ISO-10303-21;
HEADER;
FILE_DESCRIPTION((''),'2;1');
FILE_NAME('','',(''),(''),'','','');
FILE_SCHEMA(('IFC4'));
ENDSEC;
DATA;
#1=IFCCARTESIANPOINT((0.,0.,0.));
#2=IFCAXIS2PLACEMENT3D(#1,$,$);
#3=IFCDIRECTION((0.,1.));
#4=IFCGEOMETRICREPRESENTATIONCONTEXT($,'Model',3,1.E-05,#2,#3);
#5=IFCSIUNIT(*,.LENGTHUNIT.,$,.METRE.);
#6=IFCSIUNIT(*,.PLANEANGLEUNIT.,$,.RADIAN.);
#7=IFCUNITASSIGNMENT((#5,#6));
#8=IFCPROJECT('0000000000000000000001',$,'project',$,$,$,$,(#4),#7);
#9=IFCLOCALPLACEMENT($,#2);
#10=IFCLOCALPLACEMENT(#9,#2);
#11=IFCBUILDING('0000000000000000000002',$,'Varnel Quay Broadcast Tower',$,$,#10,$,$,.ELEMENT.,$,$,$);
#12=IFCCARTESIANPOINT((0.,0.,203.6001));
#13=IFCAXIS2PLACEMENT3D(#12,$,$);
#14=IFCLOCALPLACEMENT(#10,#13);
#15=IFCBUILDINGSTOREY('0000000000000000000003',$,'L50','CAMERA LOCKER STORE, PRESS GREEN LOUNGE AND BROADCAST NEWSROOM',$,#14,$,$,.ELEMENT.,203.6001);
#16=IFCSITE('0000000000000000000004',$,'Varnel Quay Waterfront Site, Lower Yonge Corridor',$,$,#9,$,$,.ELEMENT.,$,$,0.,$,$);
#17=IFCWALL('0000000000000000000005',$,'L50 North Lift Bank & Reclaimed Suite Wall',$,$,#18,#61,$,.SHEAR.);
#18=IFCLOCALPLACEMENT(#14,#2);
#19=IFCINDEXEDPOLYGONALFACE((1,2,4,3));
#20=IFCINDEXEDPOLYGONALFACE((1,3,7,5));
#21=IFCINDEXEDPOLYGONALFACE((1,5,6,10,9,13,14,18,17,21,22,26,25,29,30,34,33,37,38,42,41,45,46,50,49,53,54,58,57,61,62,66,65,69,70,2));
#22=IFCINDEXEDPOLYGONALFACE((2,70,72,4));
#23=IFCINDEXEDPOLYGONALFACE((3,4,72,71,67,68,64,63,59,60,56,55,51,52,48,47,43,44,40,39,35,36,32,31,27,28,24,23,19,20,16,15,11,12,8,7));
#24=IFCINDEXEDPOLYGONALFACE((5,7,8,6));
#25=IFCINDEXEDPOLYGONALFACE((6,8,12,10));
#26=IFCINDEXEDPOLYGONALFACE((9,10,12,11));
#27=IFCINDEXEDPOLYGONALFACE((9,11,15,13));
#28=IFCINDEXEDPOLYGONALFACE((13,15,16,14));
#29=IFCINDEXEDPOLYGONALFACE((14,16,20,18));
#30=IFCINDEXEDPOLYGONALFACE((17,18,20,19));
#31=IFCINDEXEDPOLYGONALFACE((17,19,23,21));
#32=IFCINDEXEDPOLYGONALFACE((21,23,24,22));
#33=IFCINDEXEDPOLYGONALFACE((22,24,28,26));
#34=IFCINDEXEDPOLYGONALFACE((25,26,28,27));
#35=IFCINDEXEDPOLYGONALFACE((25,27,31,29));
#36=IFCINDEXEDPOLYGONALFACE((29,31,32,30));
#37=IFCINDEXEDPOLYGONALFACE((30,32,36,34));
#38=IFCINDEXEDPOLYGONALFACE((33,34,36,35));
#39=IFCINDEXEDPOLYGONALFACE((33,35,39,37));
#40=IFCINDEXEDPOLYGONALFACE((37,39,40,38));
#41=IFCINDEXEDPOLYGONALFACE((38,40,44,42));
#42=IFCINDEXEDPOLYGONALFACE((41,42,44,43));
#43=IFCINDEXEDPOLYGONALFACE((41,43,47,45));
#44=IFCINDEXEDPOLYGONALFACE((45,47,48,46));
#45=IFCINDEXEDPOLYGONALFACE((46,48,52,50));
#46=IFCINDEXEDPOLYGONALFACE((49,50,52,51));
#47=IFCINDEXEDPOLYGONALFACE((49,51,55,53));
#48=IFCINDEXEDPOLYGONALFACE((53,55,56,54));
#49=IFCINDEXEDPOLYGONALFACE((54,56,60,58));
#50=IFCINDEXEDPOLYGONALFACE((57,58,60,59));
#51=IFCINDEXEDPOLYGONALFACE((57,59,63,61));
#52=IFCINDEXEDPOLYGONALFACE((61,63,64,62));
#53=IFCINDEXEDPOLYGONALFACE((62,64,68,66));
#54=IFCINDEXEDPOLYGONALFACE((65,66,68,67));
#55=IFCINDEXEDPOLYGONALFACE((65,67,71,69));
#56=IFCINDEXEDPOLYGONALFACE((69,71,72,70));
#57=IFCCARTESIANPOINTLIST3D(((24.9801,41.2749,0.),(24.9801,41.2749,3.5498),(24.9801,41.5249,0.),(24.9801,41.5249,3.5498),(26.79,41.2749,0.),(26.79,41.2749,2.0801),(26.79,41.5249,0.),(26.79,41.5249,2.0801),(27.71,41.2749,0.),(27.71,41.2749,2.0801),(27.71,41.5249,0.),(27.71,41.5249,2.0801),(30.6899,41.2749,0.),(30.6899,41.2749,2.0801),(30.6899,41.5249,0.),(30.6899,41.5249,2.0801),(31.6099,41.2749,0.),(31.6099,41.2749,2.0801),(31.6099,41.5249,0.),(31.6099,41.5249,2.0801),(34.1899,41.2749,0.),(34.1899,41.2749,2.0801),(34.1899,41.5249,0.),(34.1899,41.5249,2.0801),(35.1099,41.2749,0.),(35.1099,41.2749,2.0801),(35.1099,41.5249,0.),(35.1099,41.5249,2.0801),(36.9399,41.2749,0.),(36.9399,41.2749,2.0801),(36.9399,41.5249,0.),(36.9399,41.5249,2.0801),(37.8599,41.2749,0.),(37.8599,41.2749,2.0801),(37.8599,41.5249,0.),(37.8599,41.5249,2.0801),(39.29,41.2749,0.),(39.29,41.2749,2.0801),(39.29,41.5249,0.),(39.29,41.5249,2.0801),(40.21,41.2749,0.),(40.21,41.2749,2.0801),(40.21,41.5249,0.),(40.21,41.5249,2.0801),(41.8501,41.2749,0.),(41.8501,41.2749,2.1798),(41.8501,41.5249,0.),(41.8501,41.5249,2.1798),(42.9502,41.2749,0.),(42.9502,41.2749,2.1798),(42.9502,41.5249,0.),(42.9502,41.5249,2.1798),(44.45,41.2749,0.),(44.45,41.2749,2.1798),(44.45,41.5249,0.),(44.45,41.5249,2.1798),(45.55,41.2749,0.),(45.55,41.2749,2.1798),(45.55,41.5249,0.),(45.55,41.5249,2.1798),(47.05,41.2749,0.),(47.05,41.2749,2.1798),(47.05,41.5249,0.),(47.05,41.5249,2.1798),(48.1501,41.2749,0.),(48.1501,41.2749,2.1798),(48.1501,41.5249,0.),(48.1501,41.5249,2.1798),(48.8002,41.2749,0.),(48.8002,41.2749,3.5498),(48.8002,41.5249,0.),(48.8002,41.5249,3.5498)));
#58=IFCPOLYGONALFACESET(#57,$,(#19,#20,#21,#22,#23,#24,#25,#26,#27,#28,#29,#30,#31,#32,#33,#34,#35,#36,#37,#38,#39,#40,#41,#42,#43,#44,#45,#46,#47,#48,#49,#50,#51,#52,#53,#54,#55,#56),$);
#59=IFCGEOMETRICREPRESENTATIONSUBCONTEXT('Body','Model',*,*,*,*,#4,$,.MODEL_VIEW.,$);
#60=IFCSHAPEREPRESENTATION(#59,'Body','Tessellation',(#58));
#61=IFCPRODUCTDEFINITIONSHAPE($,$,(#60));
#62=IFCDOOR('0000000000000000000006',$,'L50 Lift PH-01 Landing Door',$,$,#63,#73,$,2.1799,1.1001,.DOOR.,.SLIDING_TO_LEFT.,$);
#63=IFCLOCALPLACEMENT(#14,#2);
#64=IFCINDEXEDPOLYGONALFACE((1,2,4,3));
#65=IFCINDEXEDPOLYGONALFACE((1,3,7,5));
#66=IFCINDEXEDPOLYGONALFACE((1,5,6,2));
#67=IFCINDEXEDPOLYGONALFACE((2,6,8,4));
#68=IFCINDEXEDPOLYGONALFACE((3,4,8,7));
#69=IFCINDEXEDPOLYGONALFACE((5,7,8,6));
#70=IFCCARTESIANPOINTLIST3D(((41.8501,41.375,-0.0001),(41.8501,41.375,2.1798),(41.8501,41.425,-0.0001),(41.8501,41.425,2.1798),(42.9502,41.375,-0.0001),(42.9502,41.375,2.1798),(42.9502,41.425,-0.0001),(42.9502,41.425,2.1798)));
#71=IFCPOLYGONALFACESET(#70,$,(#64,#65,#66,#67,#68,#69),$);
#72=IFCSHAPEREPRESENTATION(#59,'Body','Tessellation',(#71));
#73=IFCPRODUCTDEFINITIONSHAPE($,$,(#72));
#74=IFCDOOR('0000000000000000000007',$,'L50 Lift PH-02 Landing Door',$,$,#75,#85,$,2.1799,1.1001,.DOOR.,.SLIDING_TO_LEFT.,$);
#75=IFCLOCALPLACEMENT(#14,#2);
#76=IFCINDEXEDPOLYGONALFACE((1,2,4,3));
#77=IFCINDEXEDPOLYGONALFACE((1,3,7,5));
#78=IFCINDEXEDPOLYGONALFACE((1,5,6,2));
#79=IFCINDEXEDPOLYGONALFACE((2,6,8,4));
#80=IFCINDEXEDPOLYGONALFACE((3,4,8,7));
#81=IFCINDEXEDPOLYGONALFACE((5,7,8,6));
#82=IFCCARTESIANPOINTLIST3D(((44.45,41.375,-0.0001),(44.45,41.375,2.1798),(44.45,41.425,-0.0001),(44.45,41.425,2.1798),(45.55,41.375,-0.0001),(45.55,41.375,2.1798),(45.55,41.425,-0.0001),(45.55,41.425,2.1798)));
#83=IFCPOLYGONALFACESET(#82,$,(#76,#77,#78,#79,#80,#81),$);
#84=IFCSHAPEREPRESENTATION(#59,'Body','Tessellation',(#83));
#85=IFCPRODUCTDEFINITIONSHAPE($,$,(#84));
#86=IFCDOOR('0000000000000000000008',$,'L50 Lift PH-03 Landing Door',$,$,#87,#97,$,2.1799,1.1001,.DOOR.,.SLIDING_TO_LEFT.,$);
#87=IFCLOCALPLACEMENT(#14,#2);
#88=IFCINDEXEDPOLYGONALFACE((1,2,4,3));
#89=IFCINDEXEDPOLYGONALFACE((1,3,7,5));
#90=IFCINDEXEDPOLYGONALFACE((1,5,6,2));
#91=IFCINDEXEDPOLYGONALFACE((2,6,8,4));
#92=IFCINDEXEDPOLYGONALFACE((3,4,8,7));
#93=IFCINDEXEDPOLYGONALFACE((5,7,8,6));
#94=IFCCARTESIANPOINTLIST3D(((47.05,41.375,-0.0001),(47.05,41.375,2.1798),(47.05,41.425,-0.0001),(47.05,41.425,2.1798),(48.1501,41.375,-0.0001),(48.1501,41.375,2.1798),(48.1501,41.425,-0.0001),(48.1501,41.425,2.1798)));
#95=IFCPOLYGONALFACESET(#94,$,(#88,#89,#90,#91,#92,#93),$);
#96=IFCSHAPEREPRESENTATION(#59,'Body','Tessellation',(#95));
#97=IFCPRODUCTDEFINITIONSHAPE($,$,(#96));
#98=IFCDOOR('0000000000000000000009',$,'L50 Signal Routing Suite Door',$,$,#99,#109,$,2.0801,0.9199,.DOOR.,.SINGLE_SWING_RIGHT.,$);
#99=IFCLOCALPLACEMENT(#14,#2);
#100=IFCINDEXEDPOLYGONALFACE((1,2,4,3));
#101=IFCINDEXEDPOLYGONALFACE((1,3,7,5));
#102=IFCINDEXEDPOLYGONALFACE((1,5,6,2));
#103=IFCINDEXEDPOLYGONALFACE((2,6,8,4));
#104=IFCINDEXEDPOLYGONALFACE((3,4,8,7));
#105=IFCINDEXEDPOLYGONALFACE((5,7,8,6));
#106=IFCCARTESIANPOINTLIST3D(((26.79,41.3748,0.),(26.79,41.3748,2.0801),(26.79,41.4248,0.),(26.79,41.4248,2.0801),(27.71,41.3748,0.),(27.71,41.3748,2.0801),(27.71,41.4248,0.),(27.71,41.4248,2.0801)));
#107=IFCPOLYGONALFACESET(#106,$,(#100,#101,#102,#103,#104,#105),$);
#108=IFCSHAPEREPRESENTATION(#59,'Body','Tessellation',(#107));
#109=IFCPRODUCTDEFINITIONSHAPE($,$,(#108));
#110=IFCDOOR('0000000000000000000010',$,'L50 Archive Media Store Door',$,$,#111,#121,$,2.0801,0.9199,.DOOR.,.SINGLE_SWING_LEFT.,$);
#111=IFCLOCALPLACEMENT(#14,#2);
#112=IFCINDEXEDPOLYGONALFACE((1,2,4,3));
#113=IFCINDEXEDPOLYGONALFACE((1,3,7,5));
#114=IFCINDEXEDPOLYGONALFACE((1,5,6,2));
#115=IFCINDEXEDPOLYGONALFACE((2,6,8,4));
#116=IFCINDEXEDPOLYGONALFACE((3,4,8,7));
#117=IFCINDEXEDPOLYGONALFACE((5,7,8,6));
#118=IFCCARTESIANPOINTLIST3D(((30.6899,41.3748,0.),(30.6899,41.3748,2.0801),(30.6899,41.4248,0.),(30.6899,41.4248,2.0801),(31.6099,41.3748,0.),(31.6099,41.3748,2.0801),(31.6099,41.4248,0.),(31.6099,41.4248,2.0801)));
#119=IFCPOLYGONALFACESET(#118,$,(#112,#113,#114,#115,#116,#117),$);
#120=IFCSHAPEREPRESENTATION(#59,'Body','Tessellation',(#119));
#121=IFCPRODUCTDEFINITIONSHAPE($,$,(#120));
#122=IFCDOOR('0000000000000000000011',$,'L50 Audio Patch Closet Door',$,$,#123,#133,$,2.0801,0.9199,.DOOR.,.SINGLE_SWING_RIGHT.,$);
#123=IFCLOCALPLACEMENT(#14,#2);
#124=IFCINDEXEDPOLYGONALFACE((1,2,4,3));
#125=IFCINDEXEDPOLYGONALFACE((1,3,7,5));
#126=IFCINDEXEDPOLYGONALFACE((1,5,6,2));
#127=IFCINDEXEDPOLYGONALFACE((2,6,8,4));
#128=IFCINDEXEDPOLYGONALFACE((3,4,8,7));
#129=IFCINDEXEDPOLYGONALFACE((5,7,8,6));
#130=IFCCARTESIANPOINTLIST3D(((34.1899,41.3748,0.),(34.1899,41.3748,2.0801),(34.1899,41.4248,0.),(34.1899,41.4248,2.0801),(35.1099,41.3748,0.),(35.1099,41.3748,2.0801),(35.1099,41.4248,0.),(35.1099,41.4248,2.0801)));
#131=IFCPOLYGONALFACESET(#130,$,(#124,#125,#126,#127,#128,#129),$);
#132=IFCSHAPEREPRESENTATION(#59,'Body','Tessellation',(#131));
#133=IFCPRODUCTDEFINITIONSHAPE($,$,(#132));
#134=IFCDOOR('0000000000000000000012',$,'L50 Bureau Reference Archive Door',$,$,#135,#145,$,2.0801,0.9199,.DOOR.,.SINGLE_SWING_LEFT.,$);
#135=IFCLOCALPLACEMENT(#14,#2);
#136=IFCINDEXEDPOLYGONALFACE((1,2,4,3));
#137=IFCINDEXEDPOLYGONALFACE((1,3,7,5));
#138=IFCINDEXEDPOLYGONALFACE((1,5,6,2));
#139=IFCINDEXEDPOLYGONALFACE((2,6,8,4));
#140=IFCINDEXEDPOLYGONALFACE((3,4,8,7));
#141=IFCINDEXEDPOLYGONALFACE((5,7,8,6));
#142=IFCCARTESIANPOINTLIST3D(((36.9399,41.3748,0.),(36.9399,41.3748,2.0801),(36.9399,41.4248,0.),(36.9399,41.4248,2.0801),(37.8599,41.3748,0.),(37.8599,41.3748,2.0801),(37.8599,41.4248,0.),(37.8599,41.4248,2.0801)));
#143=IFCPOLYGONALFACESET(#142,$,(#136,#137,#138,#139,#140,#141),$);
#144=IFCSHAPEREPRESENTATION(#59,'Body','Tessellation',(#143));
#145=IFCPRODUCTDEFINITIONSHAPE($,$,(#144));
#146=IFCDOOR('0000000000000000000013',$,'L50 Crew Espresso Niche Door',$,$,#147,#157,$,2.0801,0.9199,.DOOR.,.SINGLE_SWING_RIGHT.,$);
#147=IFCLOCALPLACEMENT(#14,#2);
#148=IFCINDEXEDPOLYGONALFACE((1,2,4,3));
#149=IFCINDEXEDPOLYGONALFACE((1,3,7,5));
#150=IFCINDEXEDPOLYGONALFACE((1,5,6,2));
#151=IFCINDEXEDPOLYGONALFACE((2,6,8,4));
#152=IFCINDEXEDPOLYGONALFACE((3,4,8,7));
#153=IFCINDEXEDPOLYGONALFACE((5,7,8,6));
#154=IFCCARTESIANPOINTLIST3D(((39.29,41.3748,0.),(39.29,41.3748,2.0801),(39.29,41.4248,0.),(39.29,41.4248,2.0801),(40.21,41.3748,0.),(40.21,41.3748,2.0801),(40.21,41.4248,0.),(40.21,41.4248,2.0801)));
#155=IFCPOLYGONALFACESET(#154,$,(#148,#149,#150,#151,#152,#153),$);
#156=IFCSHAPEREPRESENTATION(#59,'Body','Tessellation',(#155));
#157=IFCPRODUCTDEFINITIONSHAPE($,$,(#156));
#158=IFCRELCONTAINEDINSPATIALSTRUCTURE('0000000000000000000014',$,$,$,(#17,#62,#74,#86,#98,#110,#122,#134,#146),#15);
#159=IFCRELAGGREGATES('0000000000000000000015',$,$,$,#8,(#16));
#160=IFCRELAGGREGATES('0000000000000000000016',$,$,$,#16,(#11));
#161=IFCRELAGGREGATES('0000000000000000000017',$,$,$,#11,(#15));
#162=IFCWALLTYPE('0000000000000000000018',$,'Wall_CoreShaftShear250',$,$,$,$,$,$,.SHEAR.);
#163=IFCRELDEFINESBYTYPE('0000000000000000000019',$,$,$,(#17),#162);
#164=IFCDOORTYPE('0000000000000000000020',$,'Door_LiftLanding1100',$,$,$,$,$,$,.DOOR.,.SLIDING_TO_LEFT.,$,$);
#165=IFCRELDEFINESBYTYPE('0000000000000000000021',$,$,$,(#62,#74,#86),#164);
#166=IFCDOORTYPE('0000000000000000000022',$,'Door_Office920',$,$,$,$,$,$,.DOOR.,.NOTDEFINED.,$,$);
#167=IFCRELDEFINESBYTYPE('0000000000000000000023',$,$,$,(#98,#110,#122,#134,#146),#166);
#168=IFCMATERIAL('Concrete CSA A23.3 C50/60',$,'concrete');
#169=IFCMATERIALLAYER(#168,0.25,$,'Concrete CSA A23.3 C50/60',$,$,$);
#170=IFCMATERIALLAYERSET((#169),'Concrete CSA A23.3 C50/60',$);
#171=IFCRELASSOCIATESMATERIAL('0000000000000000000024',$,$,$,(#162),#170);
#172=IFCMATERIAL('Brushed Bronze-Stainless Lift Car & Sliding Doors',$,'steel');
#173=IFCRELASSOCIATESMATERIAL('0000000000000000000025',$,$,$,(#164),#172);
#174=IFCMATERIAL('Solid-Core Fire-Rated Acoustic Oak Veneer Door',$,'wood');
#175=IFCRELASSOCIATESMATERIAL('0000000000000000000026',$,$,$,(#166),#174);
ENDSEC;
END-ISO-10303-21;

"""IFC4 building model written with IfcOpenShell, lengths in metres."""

from ifc_helpers import new_model, si_unit, direction, frame, frame_2d, origin, place, context, subcontext, project, spatial, rectangle, extrude, source, transform, mapped, material, layer, layer_set, type_object, type_shapes, element, fill, save


model = new_model("IFC4")

# Units and contexts
model_context = context("Model", 3, precision=1e-05, world=origin(), true_north=direction((0.0, 1.0)))
body_context = subcontext(model_context, "Body", "Model", "MODEL_VIEW")
ifc_project = project(units=[si_unit("LENGTHUNIT", "METRE"), si_unit("PLANEANGLEUNIT", "RADIAN")], contexts=[model_context])

# Site, building, storey
site_placement = place(None, origin())
site = spatial("IfcSite", under=ifc_project, at=site_placement, Name="Varnel Quay Waterfront Site, Lower Yonge Corridor", CompositionType="ELEMENT", RefElevation=0.0)
building_placement = place(site_placement, origin())
building = spatial("IfcBuilding", under=site, at=building_placement, Name="Varnel Quay Broadcast Tower", CompositionType="ELEMENT")
storey_placement = place(building_placement, frame((0.0, 0.0, 203.6001)))
storey = spatial("IfcBuildingStorey", under=building, at=storey_placement, Name="L50", Description="CAMERA LOCKER STORE, PRESS GREEN LOUNGE AND BROADCAST NEWSROOM", CompositionType="ELEMENT", Elevation=203.6001)

# Shared definitions
ifc_material_1 = material(Name="Concrete CSA A23.3 C50/60", Category="concrete")

# Wall, openings, doors
ifc_layer_1 = layer(ifc_material_1, 0.25, Name="Concrete CSA A23.3 C50/60")
ifc_layer_set_1 = layer_set([ifc_layer_1], Name="Concrete CSA A23.3 C50/60")
wall_type_1 = type_object("IfcWallType", Name="Wall_CoreShaftShear250", PredefinedType="SHEAR", material=ifc_layer_set_1)
wall_1_placement = place(storey_placement, frame((24.98, 41.3999, 0.0), z_axis=(0.0, 0.0, 1.0), x_axis=(1.0, 0.0, 0.0)))
wall_1 = element("IfcWall", 1, at=wall_1_placement, inside=storey, type_object=wall_type_1, Name="L50 North Lift Bank & Reclaimed Suite Wall", PredefinedType="SHEAR", context=body_context, shape_type="SweptSolid", body=[
    extrude(rectangle(XDim=23.8201, YDim=0.25, at=frame_2d((11.9102, 0.0))), origin(), (0.0, 0.0, 1.0), 3.5498),
])
opening_1_placement = place(wall_1_placement, frame((16.8701, 0.0, 0.0)))
opening_1 = element("IfcOpeningElement", 2, at=opening_1_placement, cuts=wall_1, PredefinedType="OPENING", context=body_context, shape_type="SweptSolid", body=[
    extrude(rectangle(XDim=1.1001, YDim=2.1799, at=frame_2d((0.55, 1.0898))), frame((0.0, 0.135, 0.0), z_axis=(0.0, -1.0, 0.0), x_axis=(1.0, 0.0, 0.0)), (0.0, 0.0, 1.0), 0.27),
])
opening_2_placement = place(wall_1_placement, frame((19.47, 0.0, 0.0)))
opening_2 = element("IfcOpeningElement", 3, at=opening_2_placement, cuts=wall_1, PredefinedType="OPENING", context=body_context, shape_type="SweptSolid", body=[
    extrude(rectangle(XDim=1.1001, YDim=2.1799, at=frame_2d((0.55, 1.0898))), frame((0.0, 0.135, 0.0), z_axis=(0.0, -1.0, 0.0), x_axis=(1.0, 0.0, 0.0)), (0.0, 0.0, 1.0), 0.27),
])
opening_3_placement = place(wall_1_placement, frame((22.0701, 0.0, 0.0)))
opening_3 = element("IfcOpeningElement", 4, at=opening_3_placement, cuts=wall_1, PredefinedType="OPENING", context=body_context, shape_type="SweptSolid", body=[
    extrude(rectangle(XDim=1.1001, YDim=2.1799, at=frame_2d((0.55, 1.0898))), frame((0.0, 0.135, 0.0), z_axis=(0.0, -1.0, 0.0), x_axis=(1.0, 0.0, 0.0)), (0.0, 0.0, 1.0), 0.27),
])
opening_4_placement = place(wall_1_placement, frame((1.8101, 0.0, 0.0)))
opening_4 = element("IfcOpeningElement", 5, at=opening_4_placement, cuts=wall_1, PredefinedType="OPENING", context=body_context, shape_type="SweptSolid", body=[
    extrude(rectangle(XDim=0.9199, YDim=2.0801, at=frame_2d((0.46, 1.04))), frame((0.0, 0.135, 0.0), z_axis=(0.0, -1.0, 0.0), x_axis=(1.0, 0.0, 0.0)), (0.0, 0.0, 1.0), 0.27),
])
opening_5_placement = place(wall_1_placement, frame((5.71, 0.0, 0.0)))
opening_5 = element("IfcOpeningElement", 6, at=opening_5_placement, cuts=wall_1, PredefinedType="OPENING", context=body_context, shape_type="SweptSolid", body=[
    extrude(rectangle(XDim=0.9199, YDim=2.0801, at=frame_2d((0.46, 1.04))), frame((0.0, 0.135, 0.0), z_axis=(0.0, -1.0, 0.0), x_axis=(1.0, 0.0, 0.0)), (0.0, 0.0, 1.0), 0.27),
])
opening_6_placement = place(wall_1_placement, frame((9.21, 0.0, 0.0)))
opening_6 = element("IfcOpeningElement", 7, at=opening_6_placement, cuts=wall_1, PredefinedType="OPENING", context=body_context, shape_type="SweptSolid", body=[
    extrude(rectangle(XDim=0.9199, YDim=2.0801, at=frame_2d((0.46, 1.04))), frame((0.0, 0.135, 0.0), z_axis=(0.0, -1.0, 0.0), x_axis=(1.0, 0.0, 0.0)), (0.0, 0.0, 1.0), 0.27),
])
opening_7_placement = place(wall_1_placement, frame((11.96, 0.0, 0.0)))
opening_7 = element("IfcOpeningElement", 8, at=opening_7_placement, cuts=wall_1, PredefinedType="OPENING", context=body_context, shape_type="SweptSolid", body=[
    extrude(rectangle(XDim=0.9199, YDim=2.0801, at=frame_2d((0.46, 1.04))), frame((0.0, 0.135, 0.0), z_axis=(0.0, -1.0, 0.0), x_axis=(1.0, 0.0, 0.0)), (0.0, 0.0, 1.0), 0.27),
])
opening_8_placement = place(wall_1_placement, frame((14.3101, 0.0, 0.0)))
opening_8 = element("IfcOpeningElement", 9, at=opening_8_placement, cuts=wall_1, PredefinedType="OPENING", context=body_context, shape_type="SweptSolid", body=[
    extrude(rectangle(XDim=0.9199, YDim=2.0801, at=frame_2d((0.46, 1.04))), frame((0.0, 0.135, 0.0), z_axis=(0.0, -1.0, 0.0), x_axis=(1.0, 0.0, 0.0)), (0.0, 0.0, 1.0), 0.27),
])
ifc_material_2 = material(Name="Brushed Bronze-Stainless Lift Car & Sliding Doors", Category="steel")
door_type_1 = type_object("IfcDoorType", Name="Door_LiftLanding1100", OperationType="SLIDING_TO_LEFT", PredefinedType="DOOR", material=ifc_material_2)
shared_shape_1 = source(origin(), body_context, "Body", "SweptSolid", [
    extrude(rectangle(XDim=1.1001, YDim=2.1799, at=frame_2d((0.55, 1.0898))), frame((0.0, 0.0249, 0.0), z_axis=(0.0, -1.0, 0.0), x_axis=(1.0, 0.0, 0.0)), (0.0, 0.0, 1.0), 0.05),
])
type_shapes(door_type_1, [shared_shape_1])
door_1_placement = place(opening_1_placement, frame((1.1001, 0.0, 0.0), z_axis=(0.0, 0.0, 1.0), x_axis=(-1.0, 0.0, 0.0)))
door_1 = element("IfcDoor", 10, at=door_1_placement, inside=storey, type_object=door_type_1, Name="L50 Lift PH-01 Landing Door", OperationType="SLIDING_TO_LEFT", OverallHeight=2.1799, OverallWidth=1.1001, PredefinedType="DOOR", context=body_context, shape_type="MappedRepresentation", body=[
    mapped(shared_shape_1, transform((0.0, 0.0, 0.0), x_axis=(1.0, 0.0, 0.0), y_axis=(0.0, 1.0, 0.0), z_axis=(0.0, 0.0, 1.0), scale=1.0)),
])
fill(opening_1, door_1)
door_2_placement = place(opening_2_placement, frame((1.1001, 0.0, 0.0), z_axis=(0.0, 0.0, 1.0), x_axis=(-1.0, 0.0, 0.0)))
door_2 = element("IfcDoor", 11, at=door_2_placement, inside=storey, type_object=door_type_1, Name="L50 Lift PH-02 Landing Door", OperationType="SLIDING_TO_LEFT", OverallHeight=2.1799, OverallWidth=1.1001, PredefinedType="DOOR", context=body_context, shape_type="MappedRepresentation", body=[
    mapped(shared_shape_1, transform((0.0, 0.0, 0.0), x_axis=(1.0, 0.0, 0.0), y_axis=(0.0, 1.0, 0.0), z_axis=(0.0, 0.0, 1.0), scale=1.0)),
])
fill(opening_2, door_2)
door_3_placement = place(opening_3_placement, frame((1.1001, 0.0, 0.0), z_axis=(0.0, 0.0, 1.0), x_axis=(-1.0, 0.0, 0.0)))
door_3 = element("IfcDoor", 12, at=door_3_placement, inside=storey, type_object=door_type_1, Name="L50 Lift PH-03 Landing Door", OperationType="SLIDING_TO_LEFT", OverallHeight=2.1799, OverallWidth=1.1001, PredefinedType="DOOR", context=body_context, shape_type="MappedRepresentation", body=[
    mapped(shared_shape_1, transform((0.0, 0.0, 0.0), x_axis=(1.0, 0.0, 0.0), y_axis=(0.0, 1.0, 0.0), z_axis=(0.0, 0.0, 1.0), scale=1.0)),
])
fill(opening_3, door_3)
ifc_material_3 = material(Name="Solid-Core Fire-Rated Acoustic Oak Veneer Door", Category="wood")
door_type_2 = type_object("IfcDoorType", Name="Door_Office920", OperationType="NOTDEFINED", PredefinedType="DOOR", material=ifc_material_3)
shared_shape_2 = source(origin(), body_context, "Body", "SweptSolid", [
    extrude(rectangle(XDim=0.9199, YDim=2.0801, at=frame_2d((0.46, 1.04))), frame((0.0, 0.0249, 0.0), z_axis=(0.0, -1.0, 0.0), x_axis=(1.0, 0.0, 0.0)), (0.0, 0.0, 1.0), 0.05),
])
type_shapes(door_type_2, [shared_shape_2])
door_4_placement = place(opening_4_placement, origin())
door_4 = element("IfcDoor", 13, at=door_4_placement, inside=storey, type_object=door_type_2, Name="L50 Signal Routing Suite Door", OperationType="SINGLE_SWING_RIGHT", OverallHeight=2.0801, OverallWidth=0.9199, PredefinedType="DOOR", context=body_context, shape_type="MappedRepresentation", body=[
    mapped(shared_shape_2, transform((0.0, 0.0, 0.0), x_axis=(1.0, 0.0, 0.0), y_axis=(0.0, 1.0, 0.0), z_axis=(0.0, 0.0, 1.0), scale=1.0)),
])
fill(opening_4, door_4)
door_5_placement = place(opening_5_placement, origin())
door_5 = element("IfcDoor", 14, at=door_5_placement, inside=storey, type_object=door_type_2, Name="L50 Archive Media Store Door", OperationType="SINGLE_SWING_LEFT", OverallHeight=2.0801, OverallWidth=0.9199, PredefinedType="DOOR", context=body_context, shape_type="MappedRepresentation", body=[
    mapped(shared_shape_2, transform((0.0, 0.0, 0.0), x_axis=(1.0, 0.0, 0.0), y_axis=(0.0, 1.0, 0.0), z_axis=(0.0, 0.0, 1.0), scale=1.0)),
])
fill(opening_5, door_5)
door_6_placement = place(opening_6_placement, origin())
door_6 = element("IfcDoor", 15, at=door_6_placement, inside=storey, type_object=door_type_2, Name="L50 Audio Patch Closet Door", OperationType="SINGLE_SWING_RIGHT", OverallHeight=2.0801, OverallWidth=0.9199, PredefinedType="DOOR", context=body_context, shape_type="MappedRepresentation", body=[
    mapped(shared_shape_2, transform((0.0, 0.0, 0.0), x_axis=(1.0, 0.0, 0.0), y_axis=(0.0, 1.0, 0.0), z_axis=(0.0, 0.0, 1.0), scale=1.0)),
])
fill(opening_6, door_6)
door_7_placement = place(opening_7_placement, origin())
door_7 = element("IfcDoor", 16, at=door_7_placement, inside=storey, type_object=door_type_2, Name="L50 Bureau Reference Archive Door", OperationType="SINGLE_SWING_LEFT", OverallHeight=2.0801, OverallWidth=0.9199, PredefinedType="DOOR", context=body_context, shape_type="MappedRepresentation", body=[
    mapped(shared_shape_2, transform((0.0, 0.0, 0.0), x_axis=(1.0, 0.0, 0.0), y_axis=(0.0, 1.0, 0.0), z_axis=(0.0, 0.0, 1.0), scale=1.0)),
])
fill(opening_7, door_7)
door_8_placement = place(opening_8_placement, origin())
door_8 = element("IfcDoor", 17, at=door_8_placement, inside=storey, type_object=door_type_2, Name="L50 Crew Espresso Niche Door", OperationType="SINGLE_SWING_RIGHT", OverallHeight=2.0801, OverallWidth=0.9199, PredefinedType="DOOR", context=body_context, shape_type="MappedRepresentation", body=[
    mapped(shared_shape_2, transform((0.0, 0.0, 0.0), x_axis=(1.0, 0.0, 0.0), y_axis=(0.0, 1.0, 0.0), z_axis=(0.0, 0.0, 1.0), scale=1.0)),
])
fill(opening_8, door_8)

save(model, "model.ifc")
